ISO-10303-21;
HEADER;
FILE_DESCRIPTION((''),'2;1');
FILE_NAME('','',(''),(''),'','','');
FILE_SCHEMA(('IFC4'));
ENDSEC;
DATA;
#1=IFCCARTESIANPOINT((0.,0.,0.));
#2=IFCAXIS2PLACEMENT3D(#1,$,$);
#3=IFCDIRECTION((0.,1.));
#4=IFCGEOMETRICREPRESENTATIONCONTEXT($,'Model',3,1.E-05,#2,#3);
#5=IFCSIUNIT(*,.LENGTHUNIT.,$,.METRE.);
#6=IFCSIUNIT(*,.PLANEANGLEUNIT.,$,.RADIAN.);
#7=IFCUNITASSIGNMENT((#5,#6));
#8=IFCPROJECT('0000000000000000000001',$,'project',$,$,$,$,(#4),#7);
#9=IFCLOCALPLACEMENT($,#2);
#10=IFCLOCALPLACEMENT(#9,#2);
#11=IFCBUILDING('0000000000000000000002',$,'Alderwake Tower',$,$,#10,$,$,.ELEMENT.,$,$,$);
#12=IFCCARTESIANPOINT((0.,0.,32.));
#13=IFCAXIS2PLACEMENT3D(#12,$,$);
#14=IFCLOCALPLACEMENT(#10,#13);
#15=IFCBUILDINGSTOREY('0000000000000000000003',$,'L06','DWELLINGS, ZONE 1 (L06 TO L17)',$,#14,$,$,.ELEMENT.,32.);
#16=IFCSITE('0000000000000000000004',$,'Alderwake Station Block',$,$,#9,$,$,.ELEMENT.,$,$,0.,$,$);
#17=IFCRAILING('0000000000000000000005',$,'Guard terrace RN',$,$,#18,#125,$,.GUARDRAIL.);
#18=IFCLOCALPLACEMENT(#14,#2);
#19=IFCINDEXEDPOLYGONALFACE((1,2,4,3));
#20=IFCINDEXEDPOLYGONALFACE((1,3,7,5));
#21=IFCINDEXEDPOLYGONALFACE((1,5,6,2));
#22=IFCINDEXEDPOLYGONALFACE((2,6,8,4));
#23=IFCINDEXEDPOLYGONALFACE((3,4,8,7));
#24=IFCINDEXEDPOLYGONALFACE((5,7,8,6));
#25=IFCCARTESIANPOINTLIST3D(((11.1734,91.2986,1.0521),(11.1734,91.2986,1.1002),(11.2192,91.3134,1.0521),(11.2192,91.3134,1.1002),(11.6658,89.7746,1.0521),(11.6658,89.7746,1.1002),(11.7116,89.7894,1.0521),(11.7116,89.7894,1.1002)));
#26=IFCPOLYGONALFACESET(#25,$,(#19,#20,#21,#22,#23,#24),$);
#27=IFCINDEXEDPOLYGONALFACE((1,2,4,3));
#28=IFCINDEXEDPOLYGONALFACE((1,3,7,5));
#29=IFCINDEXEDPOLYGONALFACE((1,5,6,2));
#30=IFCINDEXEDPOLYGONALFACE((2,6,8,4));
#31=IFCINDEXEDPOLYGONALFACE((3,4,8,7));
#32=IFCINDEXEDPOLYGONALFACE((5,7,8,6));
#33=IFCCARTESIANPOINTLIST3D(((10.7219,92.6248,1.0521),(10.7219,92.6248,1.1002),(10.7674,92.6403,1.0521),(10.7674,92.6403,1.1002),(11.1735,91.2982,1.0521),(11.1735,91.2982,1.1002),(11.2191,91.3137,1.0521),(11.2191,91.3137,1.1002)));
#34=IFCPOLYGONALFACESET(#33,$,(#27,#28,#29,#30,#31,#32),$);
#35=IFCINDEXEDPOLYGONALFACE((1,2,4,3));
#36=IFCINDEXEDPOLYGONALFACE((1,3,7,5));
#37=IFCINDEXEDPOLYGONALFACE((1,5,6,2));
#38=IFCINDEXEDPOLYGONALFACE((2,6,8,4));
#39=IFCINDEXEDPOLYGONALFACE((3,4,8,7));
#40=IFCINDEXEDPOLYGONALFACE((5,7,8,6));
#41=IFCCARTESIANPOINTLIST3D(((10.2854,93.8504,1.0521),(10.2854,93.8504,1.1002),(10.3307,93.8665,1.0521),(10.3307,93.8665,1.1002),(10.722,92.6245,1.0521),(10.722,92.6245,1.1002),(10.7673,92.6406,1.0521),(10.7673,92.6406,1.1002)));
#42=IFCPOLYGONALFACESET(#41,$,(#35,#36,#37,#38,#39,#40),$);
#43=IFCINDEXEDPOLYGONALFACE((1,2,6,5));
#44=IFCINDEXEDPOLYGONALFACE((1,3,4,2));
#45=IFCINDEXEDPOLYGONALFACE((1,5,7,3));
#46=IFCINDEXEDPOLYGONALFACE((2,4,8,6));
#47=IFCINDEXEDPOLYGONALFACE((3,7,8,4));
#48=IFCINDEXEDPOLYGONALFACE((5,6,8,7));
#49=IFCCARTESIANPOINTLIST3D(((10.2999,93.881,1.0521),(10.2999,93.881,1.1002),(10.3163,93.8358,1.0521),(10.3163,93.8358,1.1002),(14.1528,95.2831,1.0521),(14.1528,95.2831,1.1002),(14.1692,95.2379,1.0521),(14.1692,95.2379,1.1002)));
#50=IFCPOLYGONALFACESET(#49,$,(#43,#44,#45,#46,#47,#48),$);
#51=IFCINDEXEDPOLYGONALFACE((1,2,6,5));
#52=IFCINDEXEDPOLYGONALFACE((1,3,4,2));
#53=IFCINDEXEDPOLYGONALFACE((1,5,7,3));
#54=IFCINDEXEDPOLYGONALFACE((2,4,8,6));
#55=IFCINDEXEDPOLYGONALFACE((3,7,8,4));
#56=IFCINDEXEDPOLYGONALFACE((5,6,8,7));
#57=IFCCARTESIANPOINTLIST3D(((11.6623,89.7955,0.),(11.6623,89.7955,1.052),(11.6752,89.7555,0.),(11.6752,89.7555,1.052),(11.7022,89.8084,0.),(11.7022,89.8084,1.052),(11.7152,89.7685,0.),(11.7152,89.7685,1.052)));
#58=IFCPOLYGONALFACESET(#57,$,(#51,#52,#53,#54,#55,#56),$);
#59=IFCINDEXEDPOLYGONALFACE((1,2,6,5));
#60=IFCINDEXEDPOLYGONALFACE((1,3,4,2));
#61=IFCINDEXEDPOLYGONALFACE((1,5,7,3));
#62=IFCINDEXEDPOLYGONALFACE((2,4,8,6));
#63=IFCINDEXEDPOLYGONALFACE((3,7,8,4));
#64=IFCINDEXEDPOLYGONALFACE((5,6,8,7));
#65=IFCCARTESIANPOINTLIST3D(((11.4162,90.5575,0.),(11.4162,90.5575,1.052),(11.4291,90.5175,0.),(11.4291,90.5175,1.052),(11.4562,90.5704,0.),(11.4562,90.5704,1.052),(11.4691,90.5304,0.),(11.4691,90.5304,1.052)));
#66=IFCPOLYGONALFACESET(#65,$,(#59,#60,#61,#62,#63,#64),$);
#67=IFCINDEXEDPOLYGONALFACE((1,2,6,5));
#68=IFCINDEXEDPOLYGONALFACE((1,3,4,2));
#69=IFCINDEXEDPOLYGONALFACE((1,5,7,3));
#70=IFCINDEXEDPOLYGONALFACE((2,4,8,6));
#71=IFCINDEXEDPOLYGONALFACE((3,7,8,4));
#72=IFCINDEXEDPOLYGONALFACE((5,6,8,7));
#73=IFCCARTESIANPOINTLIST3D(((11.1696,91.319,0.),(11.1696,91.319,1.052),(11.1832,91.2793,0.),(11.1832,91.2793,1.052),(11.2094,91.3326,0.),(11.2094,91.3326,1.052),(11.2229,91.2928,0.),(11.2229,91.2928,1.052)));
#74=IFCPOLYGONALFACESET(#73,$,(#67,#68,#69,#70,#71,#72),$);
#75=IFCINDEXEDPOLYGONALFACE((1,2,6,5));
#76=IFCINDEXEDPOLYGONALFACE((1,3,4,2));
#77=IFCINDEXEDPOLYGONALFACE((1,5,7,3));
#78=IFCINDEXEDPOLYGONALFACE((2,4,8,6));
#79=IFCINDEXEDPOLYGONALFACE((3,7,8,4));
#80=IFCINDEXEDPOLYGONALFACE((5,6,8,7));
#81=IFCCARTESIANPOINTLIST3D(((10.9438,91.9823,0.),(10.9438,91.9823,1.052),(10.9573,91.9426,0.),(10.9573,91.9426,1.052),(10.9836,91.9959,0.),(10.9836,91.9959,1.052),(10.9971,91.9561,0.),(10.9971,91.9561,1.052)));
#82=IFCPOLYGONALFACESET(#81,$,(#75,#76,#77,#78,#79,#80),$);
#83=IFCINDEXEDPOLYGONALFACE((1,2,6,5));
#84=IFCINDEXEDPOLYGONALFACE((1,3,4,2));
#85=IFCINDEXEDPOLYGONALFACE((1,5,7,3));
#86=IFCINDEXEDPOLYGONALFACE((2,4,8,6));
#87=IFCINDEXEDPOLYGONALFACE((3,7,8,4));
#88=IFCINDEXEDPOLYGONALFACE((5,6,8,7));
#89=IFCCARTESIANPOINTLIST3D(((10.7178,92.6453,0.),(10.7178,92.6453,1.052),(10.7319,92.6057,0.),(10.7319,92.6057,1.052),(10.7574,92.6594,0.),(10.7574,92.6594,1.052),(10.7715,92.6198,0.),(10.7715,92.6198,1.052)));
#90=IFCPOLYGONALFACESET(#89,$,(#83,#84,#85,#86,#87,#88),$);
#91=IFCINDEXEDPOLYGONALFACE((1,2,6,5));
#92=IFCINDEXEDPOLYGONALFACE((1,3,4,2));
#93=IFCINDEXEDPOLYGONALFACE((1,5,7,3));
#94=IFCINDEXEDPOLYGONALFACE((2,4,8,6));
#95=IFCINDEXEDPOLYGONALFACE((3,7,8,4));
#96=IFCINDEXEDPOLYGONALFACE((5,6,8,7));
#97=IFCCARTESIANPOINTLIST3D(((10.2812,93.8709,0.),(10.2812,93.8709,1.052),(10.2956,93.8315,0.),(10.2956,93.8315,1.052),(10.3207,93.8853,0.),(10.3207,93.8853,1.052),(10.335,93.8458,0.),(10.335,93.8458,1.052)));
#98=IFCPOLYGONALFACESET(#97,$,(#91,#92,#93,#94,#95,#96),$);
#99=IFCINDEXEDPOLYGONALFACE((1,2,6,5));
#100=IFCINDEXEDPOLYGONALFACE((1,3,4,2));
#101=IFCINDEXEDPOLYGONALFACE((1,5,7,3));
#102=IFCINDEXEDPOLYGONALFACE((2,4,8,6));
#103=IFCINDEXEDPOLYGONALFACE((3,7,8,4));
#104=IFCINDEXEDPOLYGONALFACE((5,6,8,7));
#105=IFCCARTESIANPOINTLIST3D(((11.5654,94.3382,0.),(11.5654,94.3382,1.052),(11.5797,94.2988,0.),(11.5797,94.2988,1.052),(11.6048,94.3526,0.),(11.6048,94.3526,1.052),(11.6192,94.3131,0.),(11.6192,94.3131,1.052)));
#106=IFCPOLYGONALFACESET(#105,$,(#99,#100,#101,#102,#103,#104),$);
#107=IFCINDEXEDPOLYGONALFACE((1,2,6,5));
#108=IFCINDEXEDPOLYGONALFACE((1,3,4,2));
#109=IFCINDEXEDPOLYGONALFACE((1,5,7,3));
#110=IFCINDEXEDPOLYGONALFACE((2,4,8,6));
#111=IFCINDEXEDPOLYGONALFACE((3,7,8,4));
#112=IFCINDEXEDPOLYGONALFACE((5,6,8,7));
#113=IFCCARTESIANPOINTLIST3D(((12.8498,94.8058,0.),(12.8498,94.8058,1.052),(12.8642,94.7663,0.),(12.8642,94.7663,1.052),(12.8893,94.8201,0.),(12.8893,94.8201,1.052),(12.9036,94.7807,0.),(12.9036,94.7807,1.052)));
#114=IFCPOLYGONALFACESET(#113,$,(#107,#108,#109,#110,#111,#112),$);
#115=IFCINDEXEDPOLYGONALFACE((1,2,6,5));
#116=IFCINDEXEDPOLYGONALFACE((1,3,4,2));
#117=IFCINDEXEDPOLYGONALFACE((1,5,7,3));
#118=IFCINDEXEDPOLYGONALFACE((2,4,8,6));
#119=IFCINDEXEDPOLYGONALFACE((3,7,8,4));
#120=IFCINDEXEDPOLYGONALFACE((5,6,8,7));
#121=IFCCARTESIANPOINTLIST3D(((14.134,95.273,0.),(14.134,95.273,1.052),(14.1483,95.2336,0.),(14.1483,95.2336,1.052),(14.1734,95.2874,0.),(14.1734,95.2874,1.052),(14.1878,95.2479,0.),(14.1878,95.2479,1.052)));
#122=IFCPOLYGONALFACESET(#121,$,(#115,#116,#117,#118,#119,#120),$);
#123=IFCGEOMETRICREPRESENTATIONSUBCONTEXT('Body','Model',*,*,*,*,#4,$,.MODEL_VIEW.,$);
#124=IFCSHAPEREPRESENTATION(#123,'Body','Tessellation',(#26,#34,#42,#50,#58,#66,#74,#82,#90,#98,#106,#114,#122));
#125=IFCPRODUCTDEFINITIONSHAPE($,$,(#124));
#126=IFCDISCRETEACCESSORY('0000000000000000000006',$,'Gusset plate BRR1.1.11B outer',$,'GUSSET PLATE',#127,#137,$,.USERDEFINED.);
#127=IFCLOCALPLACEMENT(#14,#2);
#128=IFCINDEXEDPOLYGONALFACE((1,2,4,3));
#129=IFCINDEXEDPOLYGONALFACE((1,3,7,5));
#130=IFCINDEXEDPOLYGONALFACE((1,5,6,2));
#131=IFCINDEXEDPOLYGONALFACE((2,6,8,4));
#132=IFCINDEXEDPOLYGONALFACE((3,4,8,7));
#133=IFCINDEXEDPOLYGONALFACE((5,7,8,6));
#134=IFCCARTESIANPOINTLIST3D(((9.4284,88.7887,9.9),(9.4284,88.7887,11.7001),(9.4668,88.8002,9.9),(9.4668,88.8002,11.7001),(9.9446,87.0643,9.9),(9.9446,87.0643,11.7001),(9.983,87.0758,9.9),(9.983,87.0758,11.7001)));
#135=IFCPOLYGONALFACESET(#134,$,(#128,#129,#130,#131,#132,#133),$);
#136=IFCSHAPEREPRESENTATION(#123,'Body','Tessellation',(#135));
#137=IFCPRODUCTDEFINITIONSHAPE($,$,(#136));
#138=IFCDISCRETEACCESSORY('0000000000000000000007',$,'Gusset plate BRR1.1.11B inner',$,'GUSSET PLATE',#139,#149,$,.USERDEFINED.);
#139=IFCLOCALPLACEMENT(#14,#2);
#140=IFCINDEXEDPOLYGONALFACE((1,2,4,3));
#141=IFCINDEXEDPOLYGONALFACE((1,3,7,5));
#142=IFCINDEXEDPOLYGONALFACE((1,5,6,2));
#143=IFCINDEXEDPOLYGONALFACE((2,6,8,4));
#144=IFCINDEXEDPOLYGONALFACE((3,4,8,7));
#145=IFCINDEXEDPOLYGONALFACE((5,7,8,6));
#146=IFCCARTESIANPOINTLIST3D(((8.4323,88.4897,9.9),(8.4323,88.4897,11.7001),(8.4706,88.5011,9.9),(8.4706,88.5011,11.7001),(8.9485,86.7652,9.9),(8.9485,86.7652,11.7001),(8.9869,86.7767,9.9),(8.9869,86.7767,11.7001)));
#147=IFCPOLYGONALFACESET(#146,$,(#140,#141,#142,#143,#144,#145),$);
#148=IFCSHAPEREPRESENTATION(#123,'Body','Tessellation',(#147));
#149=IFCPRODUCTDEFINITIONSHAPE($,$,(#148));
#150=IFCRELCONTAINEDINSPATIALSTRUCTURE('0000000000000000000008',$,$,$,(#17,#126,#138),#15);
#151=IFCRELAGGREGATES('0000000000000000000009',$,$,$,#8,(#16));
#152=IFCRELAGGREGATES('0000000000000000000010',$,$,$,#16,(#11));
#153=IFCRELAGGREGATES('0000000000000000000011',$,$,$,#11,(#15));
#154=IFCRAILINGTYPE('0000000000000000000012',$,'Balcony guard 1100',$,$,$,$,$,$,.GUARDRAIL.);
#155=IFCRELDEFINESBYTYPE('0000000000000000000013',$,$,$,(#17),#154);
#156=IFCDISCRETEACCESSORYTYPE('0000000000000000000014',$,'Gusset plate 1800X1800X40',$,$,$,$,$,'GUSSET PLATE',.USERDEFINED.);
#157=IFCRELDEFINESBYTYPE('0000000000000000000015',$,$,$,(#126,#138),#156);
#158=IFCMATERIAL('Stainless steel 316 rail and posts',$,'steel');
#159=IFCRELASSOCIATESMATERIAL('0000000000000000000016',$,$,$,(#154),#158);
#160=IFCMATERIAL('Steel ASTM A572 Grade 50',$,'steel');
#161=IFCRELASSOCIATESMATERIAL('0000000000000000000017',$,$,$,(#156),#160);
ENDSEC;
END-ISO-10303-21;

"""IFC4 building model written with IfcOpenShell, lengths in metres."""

from ifc_helpers import new_model, si_unit, direction, frame, origin, origin_2d, place, context, subcontext, project, spatial, rectangle, extrude, material, material_profile, profile_set, type_object, element, save


model = new_model("IFC4")

# Units and contexts
model_context = context("Model", 3, precision=1e-05, world=origin(), true_north=direction((0.0, 1.0)))
body_context = subcontext(model_context, "Body", "Model", "MODEL_VIEW")
ifc_project = project(units=[si_unit("LENGTHUNIT", "METRE"), si_unit("PLANEANGLEUNIT", "RADIAN")], contexts=[model_context])

# Site, building, storey
site_placement = place(None, origin())
site = spatial("IfcSite", under=ifc_project, at=site_placement, Name="Alderwake Station Block", CompositionType="ELEMENT", RefElevation=0.0)
building_placement = place(site_placement, origin())
building = spatial("IfcBuilding", under=site, at=building_placement, Name="Alderwake Tower", CompositionType="ELEMENT")
storey_placement = place(building_placement, frame((0.0, 0.0, 32.0)))
storey = spatial("IfcBuildingStorey", under=building, at=storey_placement, Name="L06", Description="DWELLINGS, ZONE 1 (L06 TO L17)", CompositionType="ELEMENT", Elevation=32.0)

# Railing
ifc_material_1 = material(Name="Stainless steel 316 rail and posts", Category="steel")
railing_type = type_object("IfcRailingType", Name="Balcony guard 1100", PredefinedType="GUARDRAIL", material=ifc_material_1)
railing_1_placement = place(storey_placement, frame((11.6887, 89.782, 0.0)))
element("IfcRailing", 1, at=railing_1_placement, inside=storey, type_object=railing_type, Name="Guard terrace RN", PredefinedType="GUARDRAIL", context=body_context, shape_type="SweptSolid", body=[
    extrude(rectangle(XDim=0.0481, YDim=0.0481, at=origin_2d()), frame((0.0, 0.0, 1.0762), z_axis=(-0.307479, 0.951555, 0.0), x_axis=(-0.951555, -0.307479, 0.0)), (0.0, 0.0, 1.0), 1.6016),
    extrude(rectangle(XDim=0.0481, YDim=0.0481, at=origin_2d()), frame((-0.4924, 1.5239, 1.0762), z_axis=(-0.322284, 0.946643, 0.0), x_axis=(-0.946643, -0.322284, 0.0)), (0.0, 0.0, 1.0), 1.4014),
    extrude(rectangle(XDim=0.0481, YDim=0.0481, at=origin_2d()), frame((-0.9441, 2.8506, 1.0762), z_axis=(-0.335469, 0.942051, 0.0), x_axis=(-0.942051, -0.335469, 0.0)), (0.0, 0.0, 1.0), 1.3013),
    extrude(rectangle(XDim=0.0481, YDim=0.0481, at=origin_2d()), frame((-1.3806, 4.0764, 1.0762), z_axis=(0.939708, 0.341977, 0.0), x_axis=(-0.341977, 0.939708, 0.0)), (0.0, 0.0, 1.0), 4.1001),
    extrude(rectangle(XDim=0.042, YDim=0.042, at=origin_2d()), frame((0.0, 0.0, 0.0), z_axis=(0.0, 0.0, 1.0), x_axis=(-0.307479, 0.951555, 0.0)), (0.0, 0.0, 1.0), 1.052),
    extrude(rectangle(XDim=0.042, YDim=0.042, at=origin_2d()), frame((-0.2461, 0.762, 0.0), z_axis=(0.0, 0.0, 1.0), x_axis=(-0.307479, 0.951555, 0.0)), (0.0, 0.0, 1.0), 1.052),
    extrude(rectangle(XDim=0.042, YDim=0.042, at=origin_2d()), frame((-0.4924, 1.5239, 0.0), z_axis=(0.0, 0.0, 1.0), x_axis=(-0.322284, 0.946643, 0.0)), (0.0, 0.0, 1.0), 1.052),
    extrude(rectangle(XDim=0.042, YDim=0.042, at=origin_2d()), frame((-0.7183, 2.1873, 0.0), z_axis=(0.0, 0.0, 1.0), x_axis=(-0.322284, 0.946643, 0.0)), (0.0, 0.0, 1.0), 1.052),
    extrude(rectangle(XDim=0.042, YDim=0.042, at=origin_2d()), frame((-0.9441, 2.8506, 0.0), z_axis=(0.0, 0.0, 1.0), x_axis=(-0.335469, 0.942051, 0.0)), (0.0, 0.0, 1.0), 1.052),
    extrude(rectangle(XDim=0.042, YDim=0.042, at=origin_2d()), frame((-1.3806, 4.0764, 0.0), z_axis=(0.0, 0.0, 1.0), x_axis=(0.939708, 0.341977, 0.0)), (0.0, 0.0, 1.0), 1.052),
    extrude(rectangle(XDim=0.042, YDim=0.042, at=origin_2d()), frame((-0.0964, 4.5437, 0.0), z_axis=(0.0, 0.0, 1.0), x_axis=(0.939708, 0.341977, 0.0)), (0.0, 0.0, 1.0), 1.052),
    extrude(rectangle(XDim=0.042, YDim=0.042, at=origin_2d()), frame((1.188, 5.0112, 0.0), z_axis=(0.0, 0.0, 1.0), x_axis=(0.939708, 0.341977, 0.0)), (0.0, 0.0, 1.0), 1.052),
    extrude(rectangle(XDim=0.042, YDim=0.042, at=origin_2d()), frame((2.4722, 5.4785, 0.0), z_axis=(0.0, 0.0, 1.0), x_axis=(0.939708, 0.341977, 0.0)), (0.0, 0.0, 1.0), 1.052),
])

# Discrete accessories
ifc_material_2 = material(Name="Steel ASTM A572 Grade 50", Category="steel")
ifc_material_profile_1 = material_profile(ifc_material_2, rectangle(XDim=1.8, YDim=1.8, at=origin_2d()), Name="gusset 1800X1800")
ifc_profile_set_1 = profile_set([ifc_material_profile_1], Name="Steel ASTM A572 Grade 50")
discrete_accessory_type = type_object("IfcDiscreteAccessoryType", Name="Gusset plate 1800X1800X40", ElementType="GUSSET PLATE", PredefinedType="USERDEFINED", material=ifc_profile_set_1)
for number, where, z_axis, x_axis, name in (
    (2, (9.6865, 87.9265, 10.8), (0.957994, 0.286788, 0.0), (-0.286788, 0.957994, 0.0), "Gusset plate BRR1.1.11B outer"),
    (3, (8.7288, 87.6389, 10.8), (-0.957994, -0.286788, 0.0), (0.286788, -0.957994, 0.0), "Gusset plate BRR1.1.11B inner"),
):
    element("IfcDiscreteAccessory", number, at=place(storey_placement, frame(where, z_axis=z_axis, x_axis=x_axis)), inside=storey, type_object=discrete_accessory_type, Name=name, ObjectType="GUSSET PLATE", PredefinedType="USERDEFINED", context=body_context, shape_type="SweptSolid", body=[
        extrude(rectangle(XDim=1.8, YDim=1.8, at=origin_2d()), origin(), (0.0, 0.0, 1.0), 0.04),
    ])

save(model, "model.ifc")
